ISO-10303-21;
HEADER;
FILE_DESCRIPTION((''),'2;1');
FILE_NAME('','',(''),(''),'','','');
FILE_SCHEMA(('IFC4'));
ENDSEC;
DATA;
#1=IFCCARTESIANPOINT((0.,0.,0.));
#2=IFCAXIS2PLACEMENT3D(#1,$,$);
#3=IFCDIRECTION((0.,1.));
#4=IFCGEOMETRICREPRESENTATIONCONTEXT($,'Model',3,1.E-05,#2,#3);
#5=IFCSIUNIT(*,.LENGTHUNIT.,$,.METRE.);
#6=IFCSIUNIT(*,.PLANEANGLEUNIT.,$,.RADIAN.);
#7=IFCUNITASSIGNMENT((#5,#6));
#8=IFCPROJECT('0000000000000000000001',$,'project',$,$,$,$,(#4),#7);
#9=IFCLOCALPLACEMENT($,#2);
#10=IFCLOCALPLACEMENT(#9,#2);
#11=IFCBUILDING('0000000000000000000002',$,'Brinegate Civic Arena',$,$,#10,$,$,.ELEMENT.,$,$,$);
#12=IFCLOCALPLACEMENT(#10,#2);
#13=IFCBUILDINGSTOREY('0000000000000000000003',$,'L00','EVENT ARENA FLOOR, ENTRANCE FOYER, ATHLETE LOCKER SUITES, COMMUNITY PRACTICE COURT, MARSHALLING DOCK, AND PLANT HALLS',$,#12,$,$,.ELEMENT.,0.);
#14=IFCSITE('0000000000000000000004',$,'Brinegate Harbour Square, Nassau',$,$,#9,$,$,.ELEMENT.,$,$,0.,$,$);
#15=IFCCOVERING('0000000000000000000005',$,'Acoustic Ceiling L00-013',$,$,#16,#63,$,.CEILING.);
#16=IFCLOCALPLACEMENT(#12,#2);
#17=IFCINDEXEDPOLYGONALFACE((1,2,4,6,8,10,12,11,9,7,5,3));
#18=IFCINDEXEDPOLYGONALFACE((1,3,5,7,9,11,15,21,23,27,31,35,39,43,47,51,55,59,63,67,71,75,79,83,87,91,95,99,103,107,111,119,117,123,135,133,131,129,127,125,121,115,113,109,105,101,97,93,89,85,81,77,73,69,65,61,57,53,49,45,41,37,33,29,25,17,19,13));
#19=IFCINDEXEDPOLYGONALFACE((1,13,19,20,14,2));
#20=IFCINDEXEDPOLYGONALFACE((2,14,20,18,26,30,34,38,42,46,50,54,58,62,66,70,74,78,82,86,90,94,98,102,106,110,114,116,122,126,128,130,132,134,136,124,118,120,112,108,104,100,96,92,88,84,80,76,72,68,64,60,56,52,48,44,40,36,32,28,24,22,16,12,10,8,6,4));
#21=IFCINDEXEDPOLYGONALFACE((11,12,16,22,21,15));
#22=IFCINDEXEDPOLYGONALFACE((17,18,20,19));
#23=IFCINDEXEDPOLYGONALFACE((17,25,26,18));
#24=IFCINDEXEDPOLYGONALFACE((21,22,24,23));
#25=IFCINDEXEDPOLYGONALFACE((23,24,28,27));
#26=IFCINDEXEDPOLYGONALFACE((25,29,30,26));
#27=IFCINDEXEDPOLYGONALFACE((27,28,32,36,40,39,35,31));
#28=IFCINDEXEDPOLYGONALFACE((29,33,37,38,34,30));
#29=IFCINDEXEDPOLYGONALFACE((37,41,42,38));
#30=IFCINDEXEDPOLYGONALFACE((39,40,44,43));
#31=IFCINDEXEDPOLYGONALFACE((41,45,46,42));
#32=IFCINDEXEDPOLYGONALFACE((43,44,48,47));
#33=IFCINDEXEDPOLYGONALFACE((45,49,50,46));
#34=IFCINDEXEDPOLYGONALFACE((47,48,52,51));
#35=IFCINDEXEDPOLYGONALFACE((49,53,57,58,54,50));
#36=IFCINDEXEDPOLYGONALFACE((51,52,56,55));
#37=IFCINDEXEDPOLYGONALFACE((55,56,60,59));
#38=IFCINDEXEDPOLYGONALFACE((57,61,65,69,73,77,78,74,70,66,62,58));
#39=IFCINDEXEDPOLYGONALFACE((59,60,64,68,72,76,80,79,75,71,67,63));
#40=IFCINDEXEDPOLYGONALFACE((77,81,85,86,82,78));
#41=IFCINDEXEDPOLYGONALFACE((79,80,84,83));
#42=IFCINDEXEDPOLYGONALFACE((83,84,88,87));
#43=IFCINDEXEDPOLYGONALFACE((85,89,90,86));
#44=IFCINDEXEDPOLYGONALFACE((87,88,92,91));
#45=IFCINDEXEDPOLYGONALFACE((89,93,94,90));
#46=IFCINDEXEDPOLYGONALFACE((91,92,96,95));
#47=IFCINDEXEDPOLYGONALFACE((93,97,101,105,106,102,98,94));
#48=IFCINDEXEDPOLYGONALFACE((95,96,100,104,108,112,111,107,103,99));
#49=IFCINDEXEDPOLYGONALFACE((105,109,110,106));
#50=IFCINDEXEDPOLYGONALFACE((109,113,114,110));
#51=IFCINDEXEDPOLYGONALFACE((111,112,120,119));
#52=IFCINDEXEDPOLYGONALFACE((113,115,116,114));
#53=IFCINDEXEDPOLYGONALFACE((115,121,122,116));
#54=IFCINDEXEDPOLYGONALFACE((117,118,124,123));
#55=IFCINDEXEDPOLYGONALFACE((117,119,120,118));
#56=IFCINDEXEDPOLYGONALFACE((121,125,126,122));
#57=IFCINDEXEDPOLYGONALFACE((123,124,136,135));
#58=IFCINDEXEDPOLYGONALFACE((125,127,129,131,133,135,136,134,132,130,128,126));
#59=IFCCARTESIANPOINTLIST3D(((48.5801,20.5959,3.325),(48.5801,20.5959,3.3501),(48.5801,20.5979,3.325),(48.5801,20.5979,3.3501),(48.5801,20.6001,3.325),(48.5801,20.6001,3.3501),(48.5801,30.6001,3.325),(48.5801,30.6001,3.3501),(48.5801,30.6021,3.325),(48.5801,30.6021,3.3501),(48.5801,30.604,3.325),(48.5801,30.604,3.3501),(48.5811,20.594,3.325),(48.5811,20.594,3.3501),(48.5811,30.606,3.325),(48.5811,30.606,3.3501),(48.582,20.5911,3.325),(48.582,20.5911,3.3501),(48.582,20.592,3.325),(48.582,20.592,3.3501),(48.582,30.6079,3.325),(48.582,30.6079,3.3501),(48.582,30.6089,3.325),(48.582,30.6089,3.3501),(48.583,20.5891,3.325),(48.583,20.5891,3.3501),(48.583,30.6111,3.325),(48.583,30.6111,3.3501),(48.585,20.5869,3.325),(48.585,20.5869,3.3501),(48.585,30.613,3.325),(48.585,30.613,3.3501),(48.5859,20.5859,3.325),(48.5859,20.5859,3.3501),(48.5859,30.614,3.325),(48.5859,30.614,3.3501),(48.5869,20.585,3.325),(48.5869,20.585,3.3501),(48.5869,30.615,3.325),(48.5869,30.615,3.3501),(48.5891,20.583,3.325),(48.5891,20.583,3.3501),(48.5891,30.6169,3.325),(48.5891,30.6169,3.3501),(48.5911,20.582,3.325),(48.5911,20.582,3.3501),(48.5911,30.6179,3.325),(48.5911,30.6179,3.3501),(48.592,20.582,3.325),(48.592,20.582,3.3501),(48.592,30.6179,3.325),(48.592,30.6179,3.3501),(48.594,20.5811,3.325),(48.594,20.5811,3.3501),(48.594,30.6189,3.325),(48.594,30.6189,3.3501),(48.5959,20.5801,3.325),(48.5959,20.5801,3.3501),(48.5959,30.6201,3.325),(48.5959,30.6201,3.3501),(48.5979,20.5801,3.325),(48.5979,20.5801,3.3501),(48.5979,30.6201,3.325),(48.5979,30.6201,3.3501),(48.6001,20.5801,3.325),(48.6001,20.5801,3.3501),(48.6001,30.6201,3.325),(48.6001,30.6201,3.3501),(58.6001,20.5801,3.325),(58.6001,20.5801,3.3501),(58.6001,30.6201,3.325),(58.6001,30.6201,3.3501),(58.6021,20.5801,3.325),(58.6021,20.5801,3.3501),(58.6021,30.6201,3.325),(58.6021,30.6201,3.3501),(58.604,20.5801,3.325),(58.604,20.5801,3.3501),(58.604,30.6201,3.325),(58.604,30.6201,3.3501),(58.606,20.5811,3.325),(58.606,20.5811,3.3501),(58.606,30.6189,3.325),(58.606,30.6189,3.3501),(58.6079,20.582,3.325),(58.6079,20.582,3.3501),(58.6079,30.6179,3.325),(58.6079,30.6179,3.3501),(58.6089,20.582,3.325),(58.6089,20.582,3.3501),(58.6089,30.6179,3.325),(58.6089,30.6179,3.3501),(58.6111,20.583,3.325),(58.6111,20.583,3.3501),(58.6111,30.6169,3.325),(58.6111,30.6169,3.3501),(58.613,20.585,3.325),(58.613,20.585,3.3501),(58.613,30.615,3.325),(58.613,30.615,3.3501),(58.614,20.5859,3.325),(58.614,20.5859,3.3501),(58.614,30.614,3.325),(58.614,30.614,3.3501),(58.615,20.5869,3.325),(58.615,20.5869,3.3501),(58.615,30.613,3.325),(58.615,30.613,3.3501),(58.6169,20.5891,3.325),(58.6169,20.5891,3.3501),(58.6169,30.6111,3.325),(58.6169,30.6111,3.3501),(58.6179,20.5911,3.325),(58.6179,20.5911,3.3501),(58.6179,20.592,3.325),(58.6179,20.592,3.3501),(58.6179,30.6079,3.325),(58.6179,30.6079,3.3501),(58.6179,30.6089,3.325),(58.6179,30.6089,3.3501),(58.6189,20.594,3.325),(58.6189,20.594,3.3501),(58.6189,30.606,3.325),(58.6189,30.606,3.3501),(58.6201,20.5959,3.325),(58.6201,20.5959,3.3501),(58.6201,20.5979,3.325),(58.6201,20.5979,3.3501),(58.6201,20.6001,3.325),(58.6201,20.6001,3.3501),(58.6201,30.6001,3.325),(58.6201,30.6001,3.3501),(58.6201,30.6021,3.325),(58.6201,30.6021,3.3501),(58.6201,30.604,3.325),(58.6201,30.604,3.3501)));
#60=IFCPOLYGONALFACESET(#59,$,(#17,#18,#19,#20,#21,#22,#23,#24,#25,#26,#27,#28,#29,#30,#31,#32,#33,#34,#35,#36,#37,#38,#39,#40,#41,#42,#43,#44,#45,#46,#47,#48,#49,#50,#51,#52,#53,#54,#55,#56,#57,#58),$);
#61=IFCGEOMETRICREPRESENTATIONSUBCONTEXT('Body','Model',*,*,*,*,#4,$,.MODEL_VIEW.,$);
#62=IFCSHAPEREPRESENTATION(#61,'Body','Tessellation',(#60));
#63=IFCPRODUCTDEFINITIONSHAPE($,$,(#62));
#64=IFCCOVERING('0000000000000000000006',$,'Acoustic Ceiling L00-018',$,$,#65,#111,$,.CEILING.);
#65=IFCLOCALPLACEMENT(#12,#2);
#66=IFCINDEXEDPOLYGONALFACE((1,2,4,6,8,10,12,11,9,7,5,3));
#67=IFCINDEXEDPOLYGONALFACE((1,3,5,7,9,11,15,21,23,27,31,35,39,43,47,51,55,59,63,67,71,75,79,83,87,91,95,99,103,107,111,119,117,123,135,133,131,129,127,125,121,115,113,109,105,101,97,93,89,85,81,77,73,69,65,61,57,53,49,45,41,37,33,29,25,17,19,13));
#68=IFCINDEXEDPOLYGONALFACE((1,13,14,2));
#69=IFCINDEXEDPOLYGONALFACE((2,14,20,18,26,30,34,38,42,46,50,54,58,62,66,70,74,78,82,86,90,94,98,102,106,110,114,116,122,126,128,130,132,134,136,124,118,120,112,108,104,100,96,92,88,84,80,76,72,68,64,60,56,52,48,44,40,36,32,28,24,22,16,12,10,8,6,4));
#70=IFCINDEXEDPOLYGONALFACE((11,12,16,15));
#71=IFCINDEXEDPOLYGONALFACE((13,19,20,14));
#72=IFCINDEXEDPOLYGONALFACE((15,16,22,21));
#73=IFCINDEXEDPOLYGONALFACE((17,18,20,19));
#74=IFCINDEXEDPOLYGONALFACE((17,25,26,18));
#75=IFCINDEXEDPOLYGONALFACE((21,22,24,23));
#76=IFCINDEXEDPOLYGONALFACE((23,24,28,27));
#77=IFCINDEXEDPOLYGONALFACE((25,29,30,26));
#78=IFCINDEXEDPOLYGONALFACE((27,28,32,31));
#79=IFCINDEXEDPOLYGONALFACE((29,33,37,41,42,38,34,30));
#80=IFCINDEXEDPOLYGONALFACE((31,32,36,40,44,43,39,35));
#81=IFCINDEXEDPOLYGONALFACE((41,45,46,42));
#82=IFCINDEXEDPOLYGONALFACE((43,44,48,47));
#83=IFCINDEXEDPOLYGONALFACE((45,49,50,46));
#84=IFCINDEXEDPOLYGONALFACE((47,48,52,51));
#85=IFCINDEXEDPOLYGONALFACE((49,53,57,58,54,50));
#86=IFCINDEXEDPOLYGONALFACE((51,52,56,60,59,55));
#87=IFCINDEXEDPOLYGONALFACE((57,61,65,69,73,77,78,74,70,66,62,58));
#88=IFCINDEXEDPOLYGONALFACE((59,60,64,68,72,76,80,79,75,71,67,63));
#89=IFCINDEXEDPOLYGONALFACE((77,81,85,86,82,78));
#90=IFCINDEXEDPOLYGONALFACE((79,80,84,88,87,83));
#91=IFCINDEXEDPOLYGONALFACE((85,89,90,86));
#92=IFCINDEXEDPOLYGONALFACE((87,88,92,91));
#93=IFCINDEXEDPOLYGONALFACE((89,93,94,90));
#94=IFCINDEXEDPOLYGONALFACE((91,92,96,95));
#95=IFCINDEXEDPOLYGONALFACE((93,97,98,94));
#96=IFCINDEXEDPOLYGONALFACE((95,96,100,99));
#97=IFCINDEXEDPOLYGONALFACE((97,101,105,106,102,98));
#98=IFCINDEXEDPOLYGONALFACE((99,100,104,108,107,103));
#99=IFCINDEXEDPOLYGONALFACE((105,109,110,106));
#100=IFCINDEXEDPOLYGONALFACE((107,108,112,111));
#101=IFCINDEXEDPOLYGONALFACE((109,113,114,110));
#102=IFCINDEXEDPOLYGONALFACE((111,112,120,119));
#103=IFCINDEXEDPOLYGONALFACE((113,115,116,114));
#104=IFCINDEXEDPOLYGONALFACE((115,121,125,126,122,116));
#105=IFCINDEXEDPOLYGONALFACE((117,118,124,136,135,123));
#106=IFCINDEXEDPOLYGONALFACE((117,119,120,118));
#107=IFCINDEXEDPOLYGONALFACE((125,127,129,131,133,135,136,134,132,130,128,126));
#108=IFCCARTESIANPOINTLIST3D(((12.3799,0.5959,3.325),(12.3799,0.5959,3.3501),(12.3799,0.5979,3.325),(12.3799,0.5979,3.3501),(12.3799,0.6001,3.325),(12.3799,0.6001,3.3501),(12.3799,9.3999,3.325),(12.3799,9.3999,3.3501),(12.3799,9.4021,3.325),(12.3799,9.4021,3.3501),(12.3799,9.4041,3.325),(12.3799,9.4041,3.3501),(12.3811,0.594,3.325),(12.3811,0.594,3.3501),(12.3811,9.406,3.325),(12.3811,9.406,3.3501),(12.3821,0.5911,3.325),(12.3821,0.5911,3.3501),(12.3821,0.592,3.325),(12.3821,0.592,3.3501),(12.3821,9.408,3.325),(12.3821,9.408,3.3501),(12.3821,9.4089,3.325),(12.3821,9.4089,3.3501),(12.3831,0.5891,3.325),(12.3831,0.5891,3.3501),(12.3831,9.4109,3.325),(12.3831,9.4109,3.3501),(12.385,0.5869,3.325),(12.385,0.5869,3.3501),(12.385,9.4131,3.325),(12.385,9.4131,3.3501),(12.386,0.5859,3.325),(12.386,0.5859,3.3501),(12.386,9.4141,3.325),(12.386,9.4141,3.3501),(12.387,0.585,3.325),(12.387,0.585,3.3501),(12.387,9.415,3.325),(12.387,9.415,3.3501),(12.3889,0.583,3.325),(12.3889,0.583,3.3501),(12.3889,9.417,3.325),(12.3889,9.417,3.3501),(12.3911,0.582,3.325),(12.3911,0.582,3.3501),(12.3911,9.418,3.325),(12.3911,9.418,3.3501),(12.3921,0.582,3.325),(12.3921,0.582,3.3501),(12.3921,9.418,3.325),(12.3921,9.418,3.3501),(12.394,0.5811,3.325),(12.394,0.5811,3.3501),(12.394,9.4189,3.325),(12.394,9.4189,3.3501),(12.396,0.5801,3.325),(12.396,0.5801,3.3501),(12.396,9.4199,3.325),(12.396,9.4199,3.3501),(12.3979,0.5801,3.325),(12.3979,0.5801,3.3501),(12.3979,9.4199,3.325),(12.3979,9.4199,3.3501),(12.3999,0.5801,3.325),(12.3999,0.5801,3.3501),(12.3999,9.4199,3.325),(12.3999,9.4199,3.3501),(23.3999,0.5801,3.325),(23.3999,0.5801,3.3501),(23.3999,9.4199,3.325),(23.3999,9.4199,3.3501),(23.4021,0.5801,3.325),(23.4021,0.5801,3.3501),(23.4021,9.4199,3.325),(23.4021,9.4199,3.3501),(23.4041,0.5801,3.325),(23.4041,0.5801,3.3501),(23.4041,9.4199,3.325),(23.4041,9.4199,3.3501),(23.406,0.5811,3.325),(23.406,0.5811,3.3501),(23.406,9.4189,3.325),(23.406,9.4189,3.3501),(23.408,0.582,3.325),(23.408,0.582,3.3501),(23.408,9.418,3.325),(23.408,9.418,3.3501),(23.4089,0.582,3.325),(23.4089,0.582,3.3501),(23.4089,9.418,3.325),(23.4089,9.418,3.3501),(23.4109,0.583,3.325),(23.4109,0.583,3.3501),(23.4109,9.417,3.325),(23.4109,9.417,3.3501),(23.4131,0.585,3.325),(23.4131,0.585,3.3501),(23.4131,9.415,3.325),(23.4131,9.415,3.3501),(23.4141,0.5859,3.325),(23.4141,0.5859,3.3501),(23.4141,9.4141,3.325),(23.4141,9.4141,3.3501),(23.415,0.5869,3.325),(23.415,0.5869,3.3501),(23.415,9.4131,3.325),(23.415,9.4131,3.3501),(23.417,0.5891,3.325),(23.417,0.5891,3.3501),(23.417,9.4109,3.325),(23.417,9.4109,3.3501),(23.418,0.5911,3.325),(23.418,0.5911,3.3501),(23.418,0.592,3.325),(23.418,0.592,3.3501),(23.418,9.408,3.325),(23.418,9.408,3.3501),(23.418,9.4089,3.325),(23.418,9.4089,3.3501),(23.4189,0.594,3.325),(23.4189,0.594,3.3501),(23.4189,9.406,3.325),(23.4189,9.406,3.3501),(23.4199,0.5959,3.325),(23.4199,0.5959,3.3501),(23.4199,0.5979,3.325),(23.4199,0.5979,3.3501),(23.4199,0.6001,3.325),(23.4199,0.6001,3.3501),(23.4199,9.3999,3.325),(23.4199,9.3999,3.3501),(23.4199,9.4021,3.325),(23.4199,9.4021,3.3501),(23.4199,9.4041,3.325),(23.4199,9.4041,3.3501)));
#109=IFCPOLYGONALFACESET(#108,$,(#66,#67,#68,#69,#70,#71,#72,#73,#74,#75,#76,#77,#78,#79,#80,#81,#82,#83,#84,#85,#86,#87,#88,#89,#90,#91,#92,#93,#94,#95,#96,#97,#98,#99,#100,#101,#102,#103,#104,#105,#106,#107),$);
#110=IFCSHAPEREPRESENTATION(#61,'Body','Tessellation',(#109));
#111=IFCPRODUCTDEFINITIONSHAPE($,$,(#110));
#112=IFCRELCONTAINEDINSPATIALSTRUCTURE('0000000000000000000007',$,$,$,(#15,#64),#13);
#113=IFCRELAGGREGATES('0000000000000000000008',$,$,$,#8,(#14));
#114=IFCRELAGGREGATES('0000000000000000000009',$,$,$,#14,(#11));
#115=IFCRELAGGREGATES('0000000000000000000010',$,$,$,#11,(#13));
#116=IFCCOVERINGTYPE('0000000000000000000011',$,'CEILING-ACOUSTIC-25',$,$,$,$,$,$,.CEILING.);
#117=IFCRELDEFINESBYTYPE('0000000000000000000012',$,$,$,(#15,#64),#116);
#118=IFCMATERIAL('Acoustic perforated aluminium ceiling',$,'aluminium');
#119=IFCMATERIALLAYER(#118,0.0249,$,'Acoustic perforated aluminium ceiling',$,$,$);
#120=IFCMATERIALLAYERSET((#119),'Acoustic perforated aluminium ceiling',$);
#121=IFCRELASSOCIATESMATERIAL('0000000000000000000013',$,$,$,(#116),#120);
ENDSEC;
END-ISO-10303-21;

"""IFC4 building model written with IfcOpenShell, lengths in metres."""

from ifc_helpers import new_model, si_unit, direction, frame, origin, place, context, subcontext, project, spatial, polyline, outline, extrude, material, layer, layer_set, type_object, element, save


model = new_model("IFC4")

# Units and contexts
model_context = context("Model", 3, precision=1e-05, world=origin(), true_north=direction((0.0, 1.0)))
body_context = subcontext(model_context, "Body", "Model", "MODEL_VIEW")
ifc_project = project(units=[si_unit("LENGTHUNIT", "METRE"), si_unit("PLANEANGLEUNIT", "RADIAN")], contexts=[model_context])

# Site, building, storey
site_placement = place(None, origin())
site = spatial("IfcSite", under=ifc_project, at=site_placement, Name="Brinegate Harbour Square, Nassau", CompositionType="ELEMENT", RefElevation=0.0)
building_placement = place(site_placement, origin())
building = spatial("IfcBuilding", under=site, at=building_placement, Name="Brinegate Civic Arena", CompositionType="ELEMENT")
storey_placement = place(building_placement, origin())
storey = spatial("IfcBuildingStorey", under=building, at=storey_placement, Name="L00", Description="EVENT ARENA FLOOR, ENTRANCE FOYER, ATHLETE LOCKER SUITES, COMMUNITY PRACTICE COURT, MARSHALLING DOCK, AND PLANT HALLS", CompositionType="ELEMENT", Elevation=0.0)

# Coverings
ifc_material_1 = material(Name="Acoustic perforated aluminium ceiling", Category="aluminium")
ifc_layer_1 = layer(ifc_material_1, 0.0249, Name="Acoustic perforated aluminium ceiling")
ifc_layer_set_1 = layer_set([ifc_layer_1], Name="Acoustic perforated aluminium ceiling")
covering_type_1 = type_object("IfcCoveringType", Name="CEILING-ACOUSTIC-25", PredefinedType="CEILING", material=ifc_layer_set_1)
covering_1_placement = place(storey_placement, frame((0.0, 0.0, 3.325)))
element("IfcCovering", 1, at=covering_1_placement, inside=storey, type_object=covering_type_1, Name="Acoustic Ceiling L00-013", PredefinedType="CEILING", context=body_context, shape_type="SweptSolid", body=[
    extrude(outline(polyline([(58.604, 30.6201), (58.606, 30.6189), (58.6079, 30.6179), (58.6089, 30.6179), (58.6111, 30.6169), (58.613, 30.615), (58.614, 30.614), (58.615, 30.613), (58.6169, 30.6111), (58.6179, 30.6089), (58.6179, 30.6079), (58.6189, 30.606), (58.6201, 30.604), (58.6201, 30.6021), (58.6201, 30.6001), (58.6201, 20.6001), (58.6201, 20.5979), (58.6201, 20.5959), (58.6189, 20.594), (58.6179, 20.592), (58.6179, 20.5911), (58.6169, 20.5891), (58.615, 20.5869), (58.614, 20.5859), (58.613, 20.585), (58.6111, 20.583), (58.6089, 20.582), (58.6079, 20.582), (58.606, 20.5811), (58.604, 20.5801), (58.6021, 20.5801), (58.6001, 20.5801), (48.6001, 20.5801), (48.5979, 20.5801), (48.5959, 20.5801), (48.594, 20.5811), (48.592, 20.582), (48.5911, 20.582), (48.5891, 20.583), (48.5869, 20.585), (48.5859, 20.5859), (48.585, 20.5869), (48.583, 20.5891), (48.582, 20.5911), (48.582, 20.592), (48.5811, 20.594), (48.5801, 20.5959), (48.5801, 20.5979), (48.5801, 20.6001), (48.5801, 30.6001), (48.5801, 30.6021), (48.5801, 30.604), (48.5811, 30.606), (48.582, 30.6079), (48.582, 30.6089), (48.583, 30.6111), (48.585, 30.613), (48.5859, 30.614), (48.5869, 30.615), (48.5891, 30.6169), (48.5911, 30.6179), (48.592, 30.6179), (48.594, 30.6189), (48.5959, 30.6201), (48.5979, 30.6201), (48.6001, 30.6201), (58.6001, 30.6201), (58.6021, 30.6201), (58.604, 30.6201)])), origin(), (0.0, 0.0, 1.0), 0.0251),
])
covering_2_placement = place(storey_placement, frame((0.0, 0.0, 3.325)))
element("IfcCovering", 2, at=covering_2_placement, inside=storey, type_object=covering_type_1, Name="Acoustic Ceiling L00-018", PredefinedType="CEILING", context=body_context, shape_type="SweptSolid", body=[
    extrude(outline(polyline([(23.4041, 9.4199), (23.406, 9.4189), (23.408, 9.418), (23.4089, 9.418), (23.4109, 9.417), (23.4131, 9.415), (23.4141, 9.4141), (23.415, 9.4131), (23.417, 9.4109), (23.418, 9.4089), (23.418, 9.408), (23.4189, 9.406), (23.4199, 9.4041), (23.4199, 9.4021), (23.4199, 9.3999), (23.4199, 0.6001), (23.4199, 0.5979), (23.4199, 0.5959), (23.4189, 0.594), (23.418, 0.592), (23.418, 0.5911), (23.417, 0.5891), (23.415, 0.5869), (23.4141, 0.5859), (23.4131, 0.585), (23.4109, 0.583), (23.4089, 0.582), (23.408, 0.582), (23.406, 0.5811), (23.4041, 0.5801), (23.4021, 0.5801), (23.3999, 0.5801), (12.3999, 0.5801), (12.3979, 0.5801), (12.396, 0.5801), (12.394, 0.5811), (12.3921, 0.582), (12.3911, 0.582), (12.3889, 0.583), (12.387, 0.585), (12.386, 0.5859), (12.385, 0.5869), (12.3831, 0.5891), (12.3821, 0.5911), (12.3821, 0.592), (12.3811, 0.594), (12.3799, 0.5959), (12.3799, 0.5979), (12.3799, 0.6001), (12.3799, 9.3999), (12.3799, 9.4021), (12.3799, 9.4041), (12.3811, 9.406), (12.3821, 9.408), (12.3821, 9.4089), (12.3831, 9.4109), (12.385, 9.4131), (12.386, 9.4141), (12.387, 9.415), (12.3889, 9.417), (12.3911, 9.418), (12.3921, 9.418), (12.394, 9.4189), (12.396, 9.4199), (12.3979, 9.4199), (12.3999, 9.4199), (23.3999, 9.4199), (23.4021, 9.4199), (23.4041, 9.4199)])), origin(), (0.0, 0.0, 1.0), 0.0251),
])

save(model, "model.ifc")
